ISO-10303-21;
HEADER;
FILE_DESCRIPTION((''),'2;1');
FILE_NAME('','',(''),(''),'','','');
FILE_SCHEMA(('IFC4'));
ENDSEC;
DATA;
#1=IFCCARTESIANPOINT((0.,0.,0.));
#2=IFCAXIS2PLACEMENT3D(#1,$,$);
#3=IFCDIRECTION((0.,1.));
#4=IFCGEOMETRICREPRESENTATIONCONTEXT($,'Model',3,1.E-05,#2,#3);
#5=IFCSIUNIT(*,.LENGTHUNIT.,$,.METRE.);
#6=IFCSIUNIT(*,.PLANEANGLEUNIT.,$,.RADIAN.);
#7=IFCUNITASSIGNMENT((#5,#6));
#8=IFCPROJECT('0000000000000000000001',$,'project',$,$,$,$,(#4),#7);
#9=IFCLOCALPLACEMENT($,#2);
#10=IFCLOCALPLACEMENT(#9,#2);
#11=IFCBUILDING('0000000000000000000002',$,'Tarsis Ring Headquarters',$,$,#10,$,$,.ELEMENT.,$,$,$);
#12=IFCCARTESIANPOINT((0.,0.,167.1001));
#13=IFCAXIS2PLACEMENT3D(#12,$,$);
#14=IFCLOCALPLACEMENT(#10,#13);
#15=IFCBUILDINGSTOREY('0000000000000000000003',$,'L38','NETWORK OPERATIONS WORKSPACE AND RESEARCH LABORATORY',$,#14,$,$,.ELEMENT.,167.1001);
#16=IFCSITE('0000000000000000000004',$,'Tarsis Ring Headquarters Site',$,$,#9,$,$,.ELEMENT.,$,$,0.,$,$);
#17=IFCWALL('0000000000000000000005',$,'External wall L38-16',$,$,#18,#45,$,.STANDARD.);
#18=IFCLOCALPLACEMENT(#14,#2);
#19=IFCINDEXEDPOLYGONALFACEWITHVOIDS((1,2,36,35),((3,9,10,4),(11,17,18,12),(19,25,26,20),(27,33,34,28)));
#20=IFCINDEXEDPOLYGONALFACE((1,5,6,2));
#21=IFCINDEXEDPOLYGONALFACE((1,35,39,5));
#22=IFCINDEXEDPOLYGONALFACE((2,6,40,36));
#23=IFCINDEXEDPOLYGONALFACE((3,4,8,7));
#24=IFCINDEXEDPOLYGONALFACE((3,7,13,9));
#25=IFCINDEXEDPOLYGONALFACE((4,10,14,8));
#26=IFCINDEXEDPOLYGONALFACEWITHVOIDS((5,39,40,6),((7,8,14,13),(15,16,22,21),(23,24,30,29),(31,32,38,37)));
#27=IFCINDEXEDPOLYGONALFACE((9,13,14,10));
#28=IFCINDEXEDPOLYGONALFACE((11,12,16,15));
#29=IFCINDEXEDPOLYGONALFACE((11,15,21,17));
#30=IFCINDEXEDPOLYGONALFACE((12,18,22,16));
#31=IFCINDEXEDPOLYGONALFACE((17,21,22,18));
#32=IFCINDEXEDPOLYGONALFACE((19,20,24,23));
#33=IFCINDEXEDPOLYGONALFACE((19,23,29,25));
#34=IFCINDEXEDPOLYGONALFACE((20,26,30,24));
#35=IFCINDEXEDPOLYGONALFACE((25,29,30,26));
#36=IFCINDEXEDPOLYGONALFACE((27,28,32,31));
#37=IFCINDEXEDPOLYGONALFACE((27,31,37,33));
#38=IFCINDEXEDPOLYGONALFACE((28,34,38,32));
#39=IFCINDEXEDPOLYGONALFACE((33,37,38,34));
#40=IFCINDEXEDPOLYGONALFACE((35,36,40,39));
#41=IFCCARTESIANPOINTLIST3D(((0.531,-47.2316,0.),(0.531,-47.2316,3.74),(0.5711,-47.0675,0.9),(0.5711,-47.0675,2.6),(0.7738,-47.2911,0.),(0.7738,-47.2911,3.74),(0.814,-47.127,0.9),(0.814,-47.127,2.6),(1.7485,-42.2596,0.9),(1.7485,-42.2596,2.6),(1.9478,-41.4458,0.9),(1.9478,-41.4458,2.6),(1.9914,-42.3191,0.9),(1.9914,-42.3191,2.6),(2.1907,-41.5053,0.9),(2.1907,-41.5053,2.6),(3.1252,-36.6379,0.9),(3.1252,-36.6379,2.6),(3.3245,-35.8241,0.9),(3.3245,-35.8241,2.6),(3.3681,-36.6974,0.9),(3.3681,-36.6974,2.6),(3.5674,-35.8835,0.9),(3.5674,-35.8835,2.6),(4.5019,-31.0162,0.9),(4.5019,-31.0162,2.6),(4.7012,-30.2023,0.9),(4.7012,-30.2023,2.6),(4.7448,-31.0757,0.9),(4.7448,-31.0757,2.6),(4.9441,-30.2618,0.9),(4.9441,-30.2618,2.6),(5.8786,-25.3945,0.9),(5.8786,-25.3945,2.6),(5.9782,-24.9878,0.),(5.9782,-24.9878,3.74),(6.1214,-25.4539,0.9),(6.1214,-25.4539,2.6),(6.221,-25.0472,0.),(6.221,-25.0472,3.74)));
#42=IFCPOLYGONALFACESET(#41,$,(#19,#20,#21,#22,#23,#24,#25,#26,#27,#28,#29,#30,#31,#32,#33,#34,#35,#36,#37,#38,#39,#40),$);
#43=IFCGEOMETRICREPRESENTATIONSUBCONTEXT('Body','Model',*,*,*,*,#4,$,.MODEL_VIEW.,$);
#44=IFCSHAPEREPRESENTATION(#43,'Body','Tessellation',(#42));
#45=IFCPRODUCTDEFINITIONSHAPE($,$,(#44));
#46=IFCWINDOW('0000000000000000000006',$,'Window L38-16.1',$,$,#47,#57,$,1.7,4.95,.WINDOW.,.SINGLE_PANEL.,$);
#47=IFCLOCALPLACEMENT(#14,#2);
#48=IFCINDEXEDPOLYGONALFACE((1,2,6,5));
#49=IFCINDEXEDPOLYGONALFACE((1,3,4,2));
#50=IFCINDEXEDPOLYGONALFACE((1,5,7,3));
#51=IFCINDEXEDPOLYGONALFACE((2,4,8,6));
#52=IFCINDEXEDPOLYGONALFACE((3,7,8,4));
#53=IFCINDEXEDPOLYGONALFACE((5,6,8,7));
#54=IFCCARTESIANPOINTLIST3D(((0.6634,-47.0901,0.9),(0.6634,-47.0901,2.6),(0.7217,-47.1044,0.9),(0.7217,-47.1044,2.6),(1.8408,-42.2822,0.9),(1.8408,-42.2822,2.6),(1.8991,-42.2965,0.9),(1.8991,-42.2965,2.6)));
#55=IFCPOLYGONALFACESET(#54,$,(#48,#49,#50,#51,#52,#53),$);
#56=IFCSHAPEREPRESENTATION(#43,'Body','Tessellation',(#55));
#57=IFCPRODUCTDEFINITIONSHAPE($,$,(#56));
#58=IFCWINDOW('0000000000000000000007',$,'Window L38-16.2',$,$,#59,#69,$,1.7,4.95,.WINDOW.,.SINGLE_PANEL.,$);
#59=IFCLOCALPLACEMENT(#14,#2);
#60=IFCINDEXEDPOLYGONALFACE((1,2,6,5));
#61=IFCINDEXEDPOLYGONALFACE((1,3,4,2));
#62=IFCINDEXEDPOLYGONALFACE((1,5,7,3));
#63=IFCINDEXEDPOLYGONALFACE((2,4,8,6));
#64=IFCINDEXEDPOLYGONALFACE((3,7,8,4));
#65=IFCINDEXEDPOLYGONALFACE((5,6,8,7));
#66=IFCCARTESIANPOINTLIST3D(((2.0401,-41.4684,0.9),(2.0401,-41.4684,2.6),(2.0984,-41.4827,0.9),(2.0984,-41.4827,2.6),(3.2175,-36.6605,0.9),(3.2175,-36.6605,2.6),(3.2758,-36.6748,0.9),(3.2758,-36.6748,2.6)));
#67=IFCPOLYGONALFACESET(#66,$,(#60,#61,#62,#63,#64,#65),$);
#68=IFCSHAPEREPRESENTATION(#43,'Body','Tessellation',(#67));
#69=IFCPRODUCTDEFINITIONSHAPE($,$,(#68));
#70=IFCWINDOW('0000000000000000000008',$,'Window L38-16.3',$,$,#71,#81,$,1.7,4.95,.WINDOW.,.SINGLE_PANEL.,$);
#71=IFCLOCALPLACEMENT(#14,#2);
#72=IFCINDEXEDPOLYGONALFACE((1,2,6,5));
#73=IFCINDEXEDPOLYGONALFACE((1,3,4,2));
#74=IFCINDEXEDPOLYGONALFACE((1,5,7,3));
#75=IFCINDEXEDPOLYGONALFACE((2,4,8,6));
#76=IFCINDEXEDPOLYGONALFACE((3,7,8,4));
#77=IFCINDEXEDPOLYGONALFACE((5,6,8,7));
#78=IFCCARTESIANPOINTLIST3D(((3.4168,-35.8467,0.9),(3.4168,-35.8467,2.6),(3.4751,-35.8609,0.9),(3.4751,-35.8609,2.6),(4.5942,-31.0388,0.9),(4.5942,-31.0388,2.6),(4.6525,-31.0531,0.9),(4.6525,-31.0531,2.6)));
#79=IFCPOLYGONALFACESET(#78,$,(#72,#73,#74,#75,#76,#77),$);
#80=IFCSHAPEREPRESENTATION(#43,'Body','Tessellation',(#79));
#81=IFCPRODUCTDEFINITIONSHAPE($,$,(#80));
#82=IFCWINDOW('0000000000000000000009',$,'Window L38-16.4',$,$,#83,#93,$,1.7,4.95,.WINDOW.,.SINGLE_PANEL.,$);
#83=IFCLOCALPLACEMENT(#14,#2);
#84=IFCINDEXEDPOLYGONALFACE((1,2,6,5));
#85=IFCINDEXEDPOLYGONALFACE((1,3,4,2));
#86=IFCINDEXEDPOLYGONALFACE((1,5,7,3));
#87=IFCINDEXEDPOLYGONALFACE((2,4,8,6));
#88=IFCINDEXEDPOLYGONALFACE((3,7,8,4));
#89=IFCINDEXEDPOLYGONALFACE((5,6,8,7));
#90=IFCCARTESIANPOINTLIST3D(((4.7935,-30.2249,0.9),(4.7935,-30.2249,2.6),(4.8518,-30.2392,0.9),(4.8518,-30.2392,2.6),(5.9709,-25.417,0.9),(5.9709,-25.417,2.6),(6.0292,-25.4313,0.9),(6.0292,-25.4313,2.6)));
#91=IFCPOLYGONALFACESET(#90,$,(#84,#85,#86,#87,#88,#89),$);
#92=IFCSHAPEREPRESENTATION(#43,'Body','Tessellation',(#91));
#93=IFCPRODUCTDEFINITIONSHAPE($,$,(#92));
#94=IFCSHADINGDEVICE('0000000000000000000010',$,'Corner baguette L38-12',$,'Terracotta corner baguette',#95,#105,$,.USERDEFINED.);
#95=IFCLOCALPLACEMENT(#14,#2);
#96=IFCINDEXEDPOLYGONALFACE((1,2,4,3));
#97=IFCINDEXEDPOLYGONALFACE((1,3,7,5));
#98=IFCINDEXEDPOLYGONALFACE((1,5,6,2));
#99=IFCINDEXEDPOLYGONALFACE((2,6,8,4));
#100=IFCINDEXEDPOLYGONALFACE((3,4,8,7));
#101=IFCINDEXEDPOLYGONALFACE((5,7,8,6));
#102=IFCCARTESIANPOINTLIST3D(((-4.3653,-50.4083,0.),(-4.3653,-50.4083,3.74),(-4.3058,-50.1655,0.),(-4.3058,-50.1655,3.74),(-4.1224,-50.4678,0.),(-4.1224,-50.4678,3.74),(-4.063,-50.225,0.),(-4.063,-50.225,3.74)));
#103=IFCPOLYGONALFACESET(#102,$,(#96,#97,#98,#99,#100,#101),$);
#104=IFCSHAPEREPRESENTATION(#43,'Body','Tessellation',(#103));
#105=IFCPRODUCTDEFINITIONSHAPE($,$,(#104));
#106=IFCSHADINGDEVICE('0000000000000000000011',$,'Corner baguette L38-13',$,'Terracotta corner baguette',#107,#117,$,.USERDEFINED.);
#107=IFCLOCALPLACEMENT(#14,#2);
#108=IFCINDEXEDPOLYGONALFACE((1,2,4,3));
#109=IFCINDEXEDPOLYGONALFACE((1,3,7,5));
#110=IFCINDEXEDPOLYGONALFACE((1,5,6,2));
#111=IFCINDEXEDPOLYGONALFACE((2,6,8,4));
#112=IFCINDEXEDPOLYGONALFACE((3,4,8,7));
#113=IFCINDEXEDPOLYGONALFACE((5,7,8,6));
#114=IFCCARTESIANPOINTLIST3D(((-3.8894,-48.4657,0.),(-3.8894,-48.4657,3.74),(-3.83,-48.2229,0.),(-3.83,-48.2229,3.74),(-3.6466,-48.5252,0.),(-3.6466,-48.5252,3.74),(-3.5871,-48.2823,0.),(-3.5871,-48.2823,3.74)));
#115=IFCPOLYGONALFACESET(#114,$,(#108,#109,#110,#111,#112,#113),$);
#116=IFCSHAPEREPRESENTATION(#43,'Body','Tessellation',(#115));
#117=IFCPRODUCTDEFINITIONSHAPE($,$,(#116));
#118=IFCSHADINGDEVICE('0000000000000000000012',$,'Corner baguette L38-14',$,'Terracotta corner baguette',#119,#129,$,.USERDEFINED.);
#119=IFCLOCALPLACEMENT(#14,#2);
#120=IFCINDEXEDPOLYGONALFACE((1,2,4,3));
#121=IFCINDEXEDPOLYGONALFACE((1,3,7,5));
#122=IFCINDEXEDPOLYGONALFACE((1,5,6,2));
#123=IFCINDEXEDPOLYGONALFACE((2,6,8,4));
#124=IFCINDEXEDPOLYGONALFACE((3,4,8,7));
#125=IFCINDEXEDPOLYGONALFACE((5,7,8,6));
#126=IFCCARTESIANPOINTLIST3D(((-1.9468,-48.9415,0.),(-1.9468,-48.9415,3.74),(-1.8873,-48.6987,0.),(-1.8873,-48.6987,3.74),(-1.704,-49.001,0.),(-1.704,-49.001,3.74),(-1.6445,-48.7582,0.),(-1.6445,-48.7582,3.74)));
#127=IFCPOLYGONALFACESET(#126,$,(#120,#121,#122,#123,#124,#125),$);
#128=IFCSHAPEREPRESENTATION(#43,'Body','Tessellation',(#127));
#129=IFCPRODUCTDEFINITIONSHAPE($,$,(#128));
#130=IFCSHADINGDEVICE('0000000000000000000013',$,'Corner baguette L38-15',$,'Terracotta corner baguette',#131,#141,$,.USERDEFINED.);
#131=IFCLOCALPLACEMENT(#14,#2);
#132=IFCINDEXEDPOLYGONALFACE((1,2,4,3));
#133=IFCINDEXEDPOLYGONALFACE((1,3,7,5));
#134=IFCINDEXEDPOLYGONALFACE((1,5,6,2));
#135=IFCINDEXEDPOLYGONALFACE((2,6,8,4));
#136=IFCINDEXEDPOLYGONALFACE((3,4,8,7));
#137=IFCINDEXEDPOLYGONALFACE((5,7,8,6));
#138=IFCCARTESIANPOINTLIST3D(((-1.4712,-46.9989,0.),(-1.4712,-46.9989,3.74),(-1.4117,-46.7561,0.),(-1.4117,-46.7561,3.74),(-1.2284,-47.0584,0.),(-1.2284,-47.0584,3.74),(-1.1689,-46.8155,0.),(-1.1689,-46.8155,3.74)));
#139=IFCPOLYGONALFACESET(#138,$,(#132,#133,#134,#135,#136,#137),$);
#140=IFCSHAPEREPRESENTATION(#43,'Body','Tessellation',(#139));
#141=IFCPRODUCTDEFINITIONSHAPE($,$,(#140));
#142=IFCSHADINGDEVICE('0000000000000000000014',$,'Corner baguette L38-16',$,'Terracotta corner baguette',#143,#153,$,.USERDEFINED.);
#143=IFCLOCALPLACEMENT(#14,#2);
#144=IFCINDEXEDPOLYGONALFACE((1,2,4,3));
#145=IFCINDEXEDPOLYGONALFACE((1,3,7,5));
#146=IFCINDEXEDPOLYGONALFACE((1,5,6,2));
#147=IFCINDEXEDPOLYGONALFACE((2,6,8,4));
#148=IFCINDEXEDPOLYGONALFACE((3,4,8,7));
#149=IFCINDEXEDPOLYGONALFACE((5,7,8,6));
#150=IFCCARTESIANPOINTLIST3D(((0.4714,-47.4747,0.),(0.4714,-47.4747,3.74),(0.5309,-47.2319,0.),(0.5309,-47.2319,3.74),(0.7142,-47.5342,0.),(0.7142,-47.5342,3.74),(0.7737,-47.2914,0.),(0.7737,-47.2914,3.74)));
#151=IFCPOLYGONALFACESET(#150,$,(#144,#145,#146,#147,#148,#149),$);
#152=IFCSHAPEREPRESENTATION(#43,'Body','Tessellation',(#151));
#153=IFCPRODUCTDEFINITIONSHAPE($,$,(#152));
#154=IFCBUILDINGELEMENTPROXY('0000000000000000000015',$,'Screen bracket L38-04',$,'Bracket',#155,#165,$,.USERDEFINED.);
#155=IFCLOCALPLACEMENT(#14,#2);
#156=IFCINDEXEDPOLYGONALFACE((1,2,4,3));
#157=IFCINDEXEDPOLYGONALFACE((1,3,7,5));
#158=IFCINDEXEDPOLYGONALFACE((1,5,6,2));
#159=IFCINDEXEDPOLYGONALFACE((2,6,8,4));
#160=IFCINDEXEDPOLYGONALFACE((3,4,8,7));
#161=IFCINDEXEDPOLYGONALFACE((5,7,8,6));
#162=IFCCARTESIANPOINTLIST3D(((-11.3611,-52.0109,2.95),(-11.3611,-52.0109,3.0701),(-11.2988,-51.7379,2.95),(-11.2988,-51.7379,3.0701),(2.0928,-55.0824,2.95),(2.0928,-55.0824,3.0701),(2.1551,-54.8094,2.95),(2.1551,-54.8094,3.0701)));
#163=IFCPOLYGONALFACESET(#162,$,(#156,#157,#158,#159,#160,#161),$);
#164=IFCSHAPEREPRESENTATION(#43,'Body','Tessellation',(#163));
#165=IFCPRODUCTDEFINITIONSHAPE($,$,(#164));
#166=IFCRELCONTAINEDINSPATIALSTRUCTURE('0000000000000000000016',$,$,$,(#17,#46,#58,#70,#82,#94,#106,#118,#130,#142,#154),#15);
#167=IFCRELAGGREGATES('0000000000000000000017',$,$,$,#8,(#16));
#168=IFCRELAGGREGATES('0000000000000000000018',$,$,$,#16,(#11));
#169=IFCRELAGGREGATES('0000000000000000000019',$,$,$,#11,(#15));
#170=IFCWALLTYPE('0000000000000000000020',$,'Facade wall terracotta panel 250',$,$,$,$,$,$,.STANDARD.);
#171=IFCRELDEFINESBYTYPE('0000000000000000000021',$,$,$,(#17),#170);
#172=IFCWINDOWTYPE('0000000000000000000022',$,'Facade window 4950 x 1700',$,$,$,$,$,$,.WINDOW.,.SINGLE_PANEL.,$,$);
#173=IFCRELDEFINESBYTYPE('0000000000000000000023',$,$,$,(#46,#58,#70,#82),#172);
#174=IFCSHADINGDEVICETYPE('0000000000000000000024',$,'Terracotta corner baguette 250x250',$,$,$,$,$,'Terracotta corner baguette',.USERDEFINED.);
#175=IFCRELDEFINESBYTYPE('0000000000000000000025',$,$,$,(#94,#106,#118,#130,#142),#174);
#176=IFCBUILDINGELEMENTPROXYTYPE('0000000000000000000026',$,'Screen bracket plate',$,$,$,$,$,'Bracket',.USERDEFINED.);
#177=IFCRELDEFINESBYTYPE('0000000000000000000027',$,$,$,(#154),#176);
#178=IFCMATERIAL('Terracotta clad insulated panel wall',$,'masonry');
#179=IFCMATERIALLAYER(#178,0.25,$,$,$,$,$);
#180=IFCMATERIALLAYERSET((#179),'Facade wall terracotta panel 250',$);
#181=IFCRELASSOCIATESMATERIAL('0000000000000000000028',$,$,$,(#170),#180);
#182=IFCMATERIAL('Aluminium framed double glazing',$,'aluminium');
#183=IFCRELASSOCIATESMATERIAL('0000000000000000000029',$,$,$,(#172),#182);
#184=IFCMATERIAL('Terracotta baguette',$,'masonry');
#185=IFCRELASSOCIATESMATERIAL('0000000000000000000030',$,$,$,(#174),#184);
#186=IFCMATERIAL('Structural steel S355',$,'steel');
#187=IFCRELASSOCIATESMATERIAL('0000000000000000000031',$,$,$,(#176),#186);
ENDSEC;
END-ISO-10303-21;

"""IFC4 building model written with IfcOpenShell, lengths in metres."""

from ifc_helpers import new_model, si_unit, direction, frame, frame_2d, origin, origin_2d, place, context, subcontext, project, spatial, rectangle, extrude, material, layer, layer_set, type_object, element, fill, save


model = new_model("IFC4")

# Units and contexts
model_context = context("Model", 3, precision=1e-05, world=origin(), true_north=direction((0.0, 1.0)))
body_context = subcontext(model_context, "Body", "Model", "MODEL_VIEW")
ifc_project = project(units=[si_unit("LENGTHUNIT", "METRE"), si_unit("PLANEANGLEUNIT", "RADIAN")], contexts=[model_context])

# Site, building, storey
site_placement = place(None, origin())
site = spatial("IfcSite", under=ifc_project, at=site_placement, Name="Tarsis Ring Headquarters Site", CompositionType="ELEMENT", RefElevation=0.0)
building_placement = place(site_placement, origin())
building = spatial("IfcBuilding", under=site, at=building_placement, Name="Tarsis Ring Headquarters", CompositionType="ELEMENT")
storey_placement = place(building_placement, frame((0.0, 0.0, 167.1001)))
storey = spatial("IfcBuildingStorey", under=building, at=storey_placement, Name="L38", Description="NETWORK OPERATIONS WORKSPACE AND RESEARCH LABORATORY", CompositionType="ELEMENT", Elevation=167.1001)

# Shared definitions
ifc_material_1 = material(Name="Structural steel S355", Category="steel")

# Shared definitions
ifc_material_2 = material(Name="Terracotta clad insulated panel wall", Category="masonry")
ifc_layer_1 = layer(ifc_material_2, 0.25)
ifc_layer_set_1 = layer_set([ifc_layer_1], Name="Facade wall terracotta panel 250")
wall_type_1 = type_object("IfcWallType", Name="Facade wall terracotta panel 250", PredefinedType="STANDARD", material=ifc_layer_set_1)

# Wall, openings, windows
wall_1_placement = place(storey_placement, frame((0.6523, -47.2615, 0.0), z_axis=(0.0, 0.0, 1.0), x_axis=(0.23786, 0.9713, 0.0)))
wall_1 = element("IfcWall", 1, at=wall_1_placement, inside=storey, type_object=wall_type_1, Name="External wall L38-16", PredefinedType="STANDARD", context=body_context, shape_type="SweptSolid", body=[
    extrude(rectangle(XDim=22.9011, YDim=0.25, at=frame_2d((11.4507, 0.0))), origin(), (0.0, 0.0, 1.0), 3.74),
])
opening_1_placement = place(wall_1_placement, frame((0.1689, 0.0, 0.8999)))
opening_1 = element("IfcOpeningElement", 2, at=opening_1_placement, cuts=wall_1, PredefinedType="OPENING", context=body_context, shape_type="SweptSolid", body=[
    extrude(rectangle(XDim=4.95, YDim=1.7, at=frame_2d((2.4751, 0.8501))), frame((0.0, 0.135, 0.0), z_axis=(0.0, -1.0, 0.0), x_axis=(1.0, 0.0, 0.0)), (0.0, 0.0, 1.0), 0.27),
])
opening_2_placement = place(wall_1_placement, frame((5.9568, 0.0, 0.8999)))
opening_2 = element("IfcOpeningElement", 3, at=opening_2_placement, cuts=wall_1, PredefinedType="OPENING", context=body_context, shape_type="SweptSolid", body=[
    extrude(rectangle(XDim=4.95, YDim=1.7, at=frame_2d((2.4751, 0.8501))), frame((0.0, 0.135, 0.0), z_axis=(0.0, -1.0, 0.0), x_axis=(1.0, 0.0, 0.0)), (0.0, 0.0, 1.0), 0.27),
])
opening_3_placement = place(wall_1_placement, frame((11.7446, 0.0, 0.8999)))
opening_3 = element("IfcOpeningElement", 4, at=opening_3_placement, cuts=wall_1, PredefinedType="OPENING", context=body_context, shape_type="SweptSolid", body=[
    extrude(rectangle(XDim=4.95, YDim=1.7, at=frame_2d((2.4751, 0.8501))), frame((0.0, 0.135, 0.0), z_axis=(0.0, -1.0, 0.0), x_axis=(1.0, 0.0, 0.0)), (0.0, 0.0, 1.0), 0.27),
])
opening_4_placement = place(wall_1_placement, frame((17.5325, 0.0, 0.8999)))
opening_4 = element("IfcOpeningElement", 5, at=opening_4_placement, cuts=wall_1, PredefinedType="OPENING", context=body_context, shape_type="SweptSolid", body=[
    extrude(rectangle(XDim=4.95, YDim=1.7, at=frame_2d((2.4751, 0.8501))), frame((0.0, 0.135, 0.0), z_axis=(0.0, -1.0, 0.0), x_axis=(1.0, 0.0, 0.0)), (0.0, 0.0, 1.0), 0.27),
])
ifc_material_3 = material(Name="Aluminium framed double glazing", Category="aluminium")
window_type = type_object("IfcWindowType", Name="Facade window 4950 x 1700", PartitioningType="SINGLE_PANEL", PredefinedType="WINDOW", material=ifc_material_3)
window_1_placement = place(opening_1_placement, origin())
window_1 = element("IfcWindow", 6, at=window_1_placement, inside=storey, type_object=window_type, Name="Window L38-16.1", OverallHeight=1.7, OverallWidth=4.95, PartitioningType="SINGLE_PANEL", PredefinedType="WINDOW", context=body_context, shape_type="SweptSolid", body=[
    extrude(rectangle(XDim=4.95, YDim=1.7, at=frame_2d((2.4751, 0.8501))), frame((0.0, 0.03, 0.0), z_axis=(0.0, -1.0, 0.0), x_axis=(1.0, 0.0, 0.0)), (0.0, 0.0, 1.0), 0.0601),
])
fill(opening_1, window_1)
window_2_placement = place(opening_2_placement, origin())
window_2 = element("IfcWindow", 7, at=window_2_placement, inside=storey, type_object=window_type, Name="Window L38-16.2", OverallHeight=1.7, OverallWidth=4.95, PartitioningType="SINGLE_PANEL", PredefinedType="WINDOW", context=body_context, shape_type="SweptSolid", body=[
    extrude(rectangle(XDim=4.95, YDim=1.7, at=frame_2d((2.4751, 0.8501))), frame((0.0, 0.03, 0.0), z_axis=(0.0, -1.0, 0.0), x_axis=(1.0, 0.0, 0.0)), (0.0, 0.0, 1.0), 0.0601),
])
fill(opening_2, window_2)
window_3_placement = place(opening_3_placement, origin())
window_3 = element("IfcWindow", 8, at=window_3_placement, inside=storey, type_object=window_type, Name="Window L38-16.3", OverallHeight=1.7, OverallWidth=4.95, PartitioningType="SINGLE_PANEL", PredefinedType="WINDOW", context=body_context, shape_type="SweptSolid", body=[
    extrude(rectangle(XDim=4.95, YDim=1.7, at=frame_2d((2.4751, 0.8501))), frame((0.0, 0.03, 0.0), z_axis=(0.0, -1.0, 0.0), x_axis=(1.0, 0.0, 0.0)), (0.0, 0.0, 1.0), 0.0601),
])
fill(opening_3, window_3)
window_4_placement = place(opening_4_placement, origin())
window_4 = element("IfcWindow", 9, at=window_4_placement, inside=storey, type_object=window_type, Name="Window L38-16.4", OverallHeight=1.7, OverallWidth=4.95, PartitioningType="SINGLE_PANEL", PredefinedType="WINDOW", context=body_context, shape_type="SweptSolid", body=[
    extrude(rectangle(XDim=4.95, YDim=1.7, at=frame_2d((2.4751, 0.8501))), frame((0.0, 0.03, 0.0), z_axis=(0.0, -1.0, 0.0), x_axis=(1.0, 0.0, 0.0)), (0.0, 0.0, 1.0), 0.0601),
])
fill(opening_4, window_4)

# Shading devices
ifc_material_4 = material(Name="Terracotta baguette", Category="masonry")
shading_device_type_1 = type_object("IfcShadingDeviceType", Name="Terracotta corner baguette 250x250", ElementType="Terracotta corner baguette", PredefinedType="USERDEFINED", material=ifc_material_4)
for number, where, z_axis, x_axis, name in (
    (10, (-4.2141, -50.3167, 0.0), (0.0, 0.0, 1.0), (0.971301, -0.237855, 0.0), "Corner baguette L38-12"),
    (11, (-3.7383, -48.374, 0.0), (0.0, 0.0, 1.0), (0.237856, 0.971301, 0.0), "Corner baguette L38-13"),
    (12, (-1.7957, -48.8499, 0.0), (0.0, 0.0, 1.0), (0.971301, -0.237855, 0.0), "Corner baguette L38-14"),
    (13, (-1.3201, -46.9072, 0.0), (0.0, 0.0, 1.0), (0.237855, 0.971301, 0.0), "Corner baguette L38-15"),
    (14, (0.6226, -47.3831, 0.0), (0.0, 0.0, 1.0), (0.971301, -0.237856, 0.0), "Corner baguette L38-16"),
):
    element("IfcShadingDevice", number, at=place(storey_placement, frame(where, z_axis=z_axis, x_axis=x_axis)), inside=storey, type_object=shading_device_type_1, Name=name, ObjectType="Terracotta corner baguette", PredefinedType="USERDEFINED", context=body_context, shape_type="SweptSolid", body=[
        extrude(rectangle(XDim=0.25, YDim=0.25, at=origin_2d()), origin(), (0.0, 0.0, 1.0), 3.74),
    ])

# Building element proxy
building_element_proxy_type = type_object("IfcBuildingElementProxyType", Name="Screen bracket plate", ElementType="Bracket", PredefinedType="USERDEFINED", material=ifc_material_1)
proxy_placement = place(storey_placement, frame((-4.603, -53.4102, 2.95), z_axis=(0.0, 0.0, 1.0), x_axis=(0.974917, -0.22257, 0.0)))
element("IfcBuildingElementProxy", 15, at=proxy_placement, inside=storey, type_object=building_element_proxy_type, Name="Screen bracket L38-04", ObjectType="Bracket", PredefinedType="USERDEFINED", context=body_context, shape_type="SweptSolid", body=[
    extrude(rectangle(XDim=13.8, YDim=0.28, at=origin_2d()), origin(), (0.0, 0.0, 1.0), 0.1201),
])

save(model, "model.ifc")
